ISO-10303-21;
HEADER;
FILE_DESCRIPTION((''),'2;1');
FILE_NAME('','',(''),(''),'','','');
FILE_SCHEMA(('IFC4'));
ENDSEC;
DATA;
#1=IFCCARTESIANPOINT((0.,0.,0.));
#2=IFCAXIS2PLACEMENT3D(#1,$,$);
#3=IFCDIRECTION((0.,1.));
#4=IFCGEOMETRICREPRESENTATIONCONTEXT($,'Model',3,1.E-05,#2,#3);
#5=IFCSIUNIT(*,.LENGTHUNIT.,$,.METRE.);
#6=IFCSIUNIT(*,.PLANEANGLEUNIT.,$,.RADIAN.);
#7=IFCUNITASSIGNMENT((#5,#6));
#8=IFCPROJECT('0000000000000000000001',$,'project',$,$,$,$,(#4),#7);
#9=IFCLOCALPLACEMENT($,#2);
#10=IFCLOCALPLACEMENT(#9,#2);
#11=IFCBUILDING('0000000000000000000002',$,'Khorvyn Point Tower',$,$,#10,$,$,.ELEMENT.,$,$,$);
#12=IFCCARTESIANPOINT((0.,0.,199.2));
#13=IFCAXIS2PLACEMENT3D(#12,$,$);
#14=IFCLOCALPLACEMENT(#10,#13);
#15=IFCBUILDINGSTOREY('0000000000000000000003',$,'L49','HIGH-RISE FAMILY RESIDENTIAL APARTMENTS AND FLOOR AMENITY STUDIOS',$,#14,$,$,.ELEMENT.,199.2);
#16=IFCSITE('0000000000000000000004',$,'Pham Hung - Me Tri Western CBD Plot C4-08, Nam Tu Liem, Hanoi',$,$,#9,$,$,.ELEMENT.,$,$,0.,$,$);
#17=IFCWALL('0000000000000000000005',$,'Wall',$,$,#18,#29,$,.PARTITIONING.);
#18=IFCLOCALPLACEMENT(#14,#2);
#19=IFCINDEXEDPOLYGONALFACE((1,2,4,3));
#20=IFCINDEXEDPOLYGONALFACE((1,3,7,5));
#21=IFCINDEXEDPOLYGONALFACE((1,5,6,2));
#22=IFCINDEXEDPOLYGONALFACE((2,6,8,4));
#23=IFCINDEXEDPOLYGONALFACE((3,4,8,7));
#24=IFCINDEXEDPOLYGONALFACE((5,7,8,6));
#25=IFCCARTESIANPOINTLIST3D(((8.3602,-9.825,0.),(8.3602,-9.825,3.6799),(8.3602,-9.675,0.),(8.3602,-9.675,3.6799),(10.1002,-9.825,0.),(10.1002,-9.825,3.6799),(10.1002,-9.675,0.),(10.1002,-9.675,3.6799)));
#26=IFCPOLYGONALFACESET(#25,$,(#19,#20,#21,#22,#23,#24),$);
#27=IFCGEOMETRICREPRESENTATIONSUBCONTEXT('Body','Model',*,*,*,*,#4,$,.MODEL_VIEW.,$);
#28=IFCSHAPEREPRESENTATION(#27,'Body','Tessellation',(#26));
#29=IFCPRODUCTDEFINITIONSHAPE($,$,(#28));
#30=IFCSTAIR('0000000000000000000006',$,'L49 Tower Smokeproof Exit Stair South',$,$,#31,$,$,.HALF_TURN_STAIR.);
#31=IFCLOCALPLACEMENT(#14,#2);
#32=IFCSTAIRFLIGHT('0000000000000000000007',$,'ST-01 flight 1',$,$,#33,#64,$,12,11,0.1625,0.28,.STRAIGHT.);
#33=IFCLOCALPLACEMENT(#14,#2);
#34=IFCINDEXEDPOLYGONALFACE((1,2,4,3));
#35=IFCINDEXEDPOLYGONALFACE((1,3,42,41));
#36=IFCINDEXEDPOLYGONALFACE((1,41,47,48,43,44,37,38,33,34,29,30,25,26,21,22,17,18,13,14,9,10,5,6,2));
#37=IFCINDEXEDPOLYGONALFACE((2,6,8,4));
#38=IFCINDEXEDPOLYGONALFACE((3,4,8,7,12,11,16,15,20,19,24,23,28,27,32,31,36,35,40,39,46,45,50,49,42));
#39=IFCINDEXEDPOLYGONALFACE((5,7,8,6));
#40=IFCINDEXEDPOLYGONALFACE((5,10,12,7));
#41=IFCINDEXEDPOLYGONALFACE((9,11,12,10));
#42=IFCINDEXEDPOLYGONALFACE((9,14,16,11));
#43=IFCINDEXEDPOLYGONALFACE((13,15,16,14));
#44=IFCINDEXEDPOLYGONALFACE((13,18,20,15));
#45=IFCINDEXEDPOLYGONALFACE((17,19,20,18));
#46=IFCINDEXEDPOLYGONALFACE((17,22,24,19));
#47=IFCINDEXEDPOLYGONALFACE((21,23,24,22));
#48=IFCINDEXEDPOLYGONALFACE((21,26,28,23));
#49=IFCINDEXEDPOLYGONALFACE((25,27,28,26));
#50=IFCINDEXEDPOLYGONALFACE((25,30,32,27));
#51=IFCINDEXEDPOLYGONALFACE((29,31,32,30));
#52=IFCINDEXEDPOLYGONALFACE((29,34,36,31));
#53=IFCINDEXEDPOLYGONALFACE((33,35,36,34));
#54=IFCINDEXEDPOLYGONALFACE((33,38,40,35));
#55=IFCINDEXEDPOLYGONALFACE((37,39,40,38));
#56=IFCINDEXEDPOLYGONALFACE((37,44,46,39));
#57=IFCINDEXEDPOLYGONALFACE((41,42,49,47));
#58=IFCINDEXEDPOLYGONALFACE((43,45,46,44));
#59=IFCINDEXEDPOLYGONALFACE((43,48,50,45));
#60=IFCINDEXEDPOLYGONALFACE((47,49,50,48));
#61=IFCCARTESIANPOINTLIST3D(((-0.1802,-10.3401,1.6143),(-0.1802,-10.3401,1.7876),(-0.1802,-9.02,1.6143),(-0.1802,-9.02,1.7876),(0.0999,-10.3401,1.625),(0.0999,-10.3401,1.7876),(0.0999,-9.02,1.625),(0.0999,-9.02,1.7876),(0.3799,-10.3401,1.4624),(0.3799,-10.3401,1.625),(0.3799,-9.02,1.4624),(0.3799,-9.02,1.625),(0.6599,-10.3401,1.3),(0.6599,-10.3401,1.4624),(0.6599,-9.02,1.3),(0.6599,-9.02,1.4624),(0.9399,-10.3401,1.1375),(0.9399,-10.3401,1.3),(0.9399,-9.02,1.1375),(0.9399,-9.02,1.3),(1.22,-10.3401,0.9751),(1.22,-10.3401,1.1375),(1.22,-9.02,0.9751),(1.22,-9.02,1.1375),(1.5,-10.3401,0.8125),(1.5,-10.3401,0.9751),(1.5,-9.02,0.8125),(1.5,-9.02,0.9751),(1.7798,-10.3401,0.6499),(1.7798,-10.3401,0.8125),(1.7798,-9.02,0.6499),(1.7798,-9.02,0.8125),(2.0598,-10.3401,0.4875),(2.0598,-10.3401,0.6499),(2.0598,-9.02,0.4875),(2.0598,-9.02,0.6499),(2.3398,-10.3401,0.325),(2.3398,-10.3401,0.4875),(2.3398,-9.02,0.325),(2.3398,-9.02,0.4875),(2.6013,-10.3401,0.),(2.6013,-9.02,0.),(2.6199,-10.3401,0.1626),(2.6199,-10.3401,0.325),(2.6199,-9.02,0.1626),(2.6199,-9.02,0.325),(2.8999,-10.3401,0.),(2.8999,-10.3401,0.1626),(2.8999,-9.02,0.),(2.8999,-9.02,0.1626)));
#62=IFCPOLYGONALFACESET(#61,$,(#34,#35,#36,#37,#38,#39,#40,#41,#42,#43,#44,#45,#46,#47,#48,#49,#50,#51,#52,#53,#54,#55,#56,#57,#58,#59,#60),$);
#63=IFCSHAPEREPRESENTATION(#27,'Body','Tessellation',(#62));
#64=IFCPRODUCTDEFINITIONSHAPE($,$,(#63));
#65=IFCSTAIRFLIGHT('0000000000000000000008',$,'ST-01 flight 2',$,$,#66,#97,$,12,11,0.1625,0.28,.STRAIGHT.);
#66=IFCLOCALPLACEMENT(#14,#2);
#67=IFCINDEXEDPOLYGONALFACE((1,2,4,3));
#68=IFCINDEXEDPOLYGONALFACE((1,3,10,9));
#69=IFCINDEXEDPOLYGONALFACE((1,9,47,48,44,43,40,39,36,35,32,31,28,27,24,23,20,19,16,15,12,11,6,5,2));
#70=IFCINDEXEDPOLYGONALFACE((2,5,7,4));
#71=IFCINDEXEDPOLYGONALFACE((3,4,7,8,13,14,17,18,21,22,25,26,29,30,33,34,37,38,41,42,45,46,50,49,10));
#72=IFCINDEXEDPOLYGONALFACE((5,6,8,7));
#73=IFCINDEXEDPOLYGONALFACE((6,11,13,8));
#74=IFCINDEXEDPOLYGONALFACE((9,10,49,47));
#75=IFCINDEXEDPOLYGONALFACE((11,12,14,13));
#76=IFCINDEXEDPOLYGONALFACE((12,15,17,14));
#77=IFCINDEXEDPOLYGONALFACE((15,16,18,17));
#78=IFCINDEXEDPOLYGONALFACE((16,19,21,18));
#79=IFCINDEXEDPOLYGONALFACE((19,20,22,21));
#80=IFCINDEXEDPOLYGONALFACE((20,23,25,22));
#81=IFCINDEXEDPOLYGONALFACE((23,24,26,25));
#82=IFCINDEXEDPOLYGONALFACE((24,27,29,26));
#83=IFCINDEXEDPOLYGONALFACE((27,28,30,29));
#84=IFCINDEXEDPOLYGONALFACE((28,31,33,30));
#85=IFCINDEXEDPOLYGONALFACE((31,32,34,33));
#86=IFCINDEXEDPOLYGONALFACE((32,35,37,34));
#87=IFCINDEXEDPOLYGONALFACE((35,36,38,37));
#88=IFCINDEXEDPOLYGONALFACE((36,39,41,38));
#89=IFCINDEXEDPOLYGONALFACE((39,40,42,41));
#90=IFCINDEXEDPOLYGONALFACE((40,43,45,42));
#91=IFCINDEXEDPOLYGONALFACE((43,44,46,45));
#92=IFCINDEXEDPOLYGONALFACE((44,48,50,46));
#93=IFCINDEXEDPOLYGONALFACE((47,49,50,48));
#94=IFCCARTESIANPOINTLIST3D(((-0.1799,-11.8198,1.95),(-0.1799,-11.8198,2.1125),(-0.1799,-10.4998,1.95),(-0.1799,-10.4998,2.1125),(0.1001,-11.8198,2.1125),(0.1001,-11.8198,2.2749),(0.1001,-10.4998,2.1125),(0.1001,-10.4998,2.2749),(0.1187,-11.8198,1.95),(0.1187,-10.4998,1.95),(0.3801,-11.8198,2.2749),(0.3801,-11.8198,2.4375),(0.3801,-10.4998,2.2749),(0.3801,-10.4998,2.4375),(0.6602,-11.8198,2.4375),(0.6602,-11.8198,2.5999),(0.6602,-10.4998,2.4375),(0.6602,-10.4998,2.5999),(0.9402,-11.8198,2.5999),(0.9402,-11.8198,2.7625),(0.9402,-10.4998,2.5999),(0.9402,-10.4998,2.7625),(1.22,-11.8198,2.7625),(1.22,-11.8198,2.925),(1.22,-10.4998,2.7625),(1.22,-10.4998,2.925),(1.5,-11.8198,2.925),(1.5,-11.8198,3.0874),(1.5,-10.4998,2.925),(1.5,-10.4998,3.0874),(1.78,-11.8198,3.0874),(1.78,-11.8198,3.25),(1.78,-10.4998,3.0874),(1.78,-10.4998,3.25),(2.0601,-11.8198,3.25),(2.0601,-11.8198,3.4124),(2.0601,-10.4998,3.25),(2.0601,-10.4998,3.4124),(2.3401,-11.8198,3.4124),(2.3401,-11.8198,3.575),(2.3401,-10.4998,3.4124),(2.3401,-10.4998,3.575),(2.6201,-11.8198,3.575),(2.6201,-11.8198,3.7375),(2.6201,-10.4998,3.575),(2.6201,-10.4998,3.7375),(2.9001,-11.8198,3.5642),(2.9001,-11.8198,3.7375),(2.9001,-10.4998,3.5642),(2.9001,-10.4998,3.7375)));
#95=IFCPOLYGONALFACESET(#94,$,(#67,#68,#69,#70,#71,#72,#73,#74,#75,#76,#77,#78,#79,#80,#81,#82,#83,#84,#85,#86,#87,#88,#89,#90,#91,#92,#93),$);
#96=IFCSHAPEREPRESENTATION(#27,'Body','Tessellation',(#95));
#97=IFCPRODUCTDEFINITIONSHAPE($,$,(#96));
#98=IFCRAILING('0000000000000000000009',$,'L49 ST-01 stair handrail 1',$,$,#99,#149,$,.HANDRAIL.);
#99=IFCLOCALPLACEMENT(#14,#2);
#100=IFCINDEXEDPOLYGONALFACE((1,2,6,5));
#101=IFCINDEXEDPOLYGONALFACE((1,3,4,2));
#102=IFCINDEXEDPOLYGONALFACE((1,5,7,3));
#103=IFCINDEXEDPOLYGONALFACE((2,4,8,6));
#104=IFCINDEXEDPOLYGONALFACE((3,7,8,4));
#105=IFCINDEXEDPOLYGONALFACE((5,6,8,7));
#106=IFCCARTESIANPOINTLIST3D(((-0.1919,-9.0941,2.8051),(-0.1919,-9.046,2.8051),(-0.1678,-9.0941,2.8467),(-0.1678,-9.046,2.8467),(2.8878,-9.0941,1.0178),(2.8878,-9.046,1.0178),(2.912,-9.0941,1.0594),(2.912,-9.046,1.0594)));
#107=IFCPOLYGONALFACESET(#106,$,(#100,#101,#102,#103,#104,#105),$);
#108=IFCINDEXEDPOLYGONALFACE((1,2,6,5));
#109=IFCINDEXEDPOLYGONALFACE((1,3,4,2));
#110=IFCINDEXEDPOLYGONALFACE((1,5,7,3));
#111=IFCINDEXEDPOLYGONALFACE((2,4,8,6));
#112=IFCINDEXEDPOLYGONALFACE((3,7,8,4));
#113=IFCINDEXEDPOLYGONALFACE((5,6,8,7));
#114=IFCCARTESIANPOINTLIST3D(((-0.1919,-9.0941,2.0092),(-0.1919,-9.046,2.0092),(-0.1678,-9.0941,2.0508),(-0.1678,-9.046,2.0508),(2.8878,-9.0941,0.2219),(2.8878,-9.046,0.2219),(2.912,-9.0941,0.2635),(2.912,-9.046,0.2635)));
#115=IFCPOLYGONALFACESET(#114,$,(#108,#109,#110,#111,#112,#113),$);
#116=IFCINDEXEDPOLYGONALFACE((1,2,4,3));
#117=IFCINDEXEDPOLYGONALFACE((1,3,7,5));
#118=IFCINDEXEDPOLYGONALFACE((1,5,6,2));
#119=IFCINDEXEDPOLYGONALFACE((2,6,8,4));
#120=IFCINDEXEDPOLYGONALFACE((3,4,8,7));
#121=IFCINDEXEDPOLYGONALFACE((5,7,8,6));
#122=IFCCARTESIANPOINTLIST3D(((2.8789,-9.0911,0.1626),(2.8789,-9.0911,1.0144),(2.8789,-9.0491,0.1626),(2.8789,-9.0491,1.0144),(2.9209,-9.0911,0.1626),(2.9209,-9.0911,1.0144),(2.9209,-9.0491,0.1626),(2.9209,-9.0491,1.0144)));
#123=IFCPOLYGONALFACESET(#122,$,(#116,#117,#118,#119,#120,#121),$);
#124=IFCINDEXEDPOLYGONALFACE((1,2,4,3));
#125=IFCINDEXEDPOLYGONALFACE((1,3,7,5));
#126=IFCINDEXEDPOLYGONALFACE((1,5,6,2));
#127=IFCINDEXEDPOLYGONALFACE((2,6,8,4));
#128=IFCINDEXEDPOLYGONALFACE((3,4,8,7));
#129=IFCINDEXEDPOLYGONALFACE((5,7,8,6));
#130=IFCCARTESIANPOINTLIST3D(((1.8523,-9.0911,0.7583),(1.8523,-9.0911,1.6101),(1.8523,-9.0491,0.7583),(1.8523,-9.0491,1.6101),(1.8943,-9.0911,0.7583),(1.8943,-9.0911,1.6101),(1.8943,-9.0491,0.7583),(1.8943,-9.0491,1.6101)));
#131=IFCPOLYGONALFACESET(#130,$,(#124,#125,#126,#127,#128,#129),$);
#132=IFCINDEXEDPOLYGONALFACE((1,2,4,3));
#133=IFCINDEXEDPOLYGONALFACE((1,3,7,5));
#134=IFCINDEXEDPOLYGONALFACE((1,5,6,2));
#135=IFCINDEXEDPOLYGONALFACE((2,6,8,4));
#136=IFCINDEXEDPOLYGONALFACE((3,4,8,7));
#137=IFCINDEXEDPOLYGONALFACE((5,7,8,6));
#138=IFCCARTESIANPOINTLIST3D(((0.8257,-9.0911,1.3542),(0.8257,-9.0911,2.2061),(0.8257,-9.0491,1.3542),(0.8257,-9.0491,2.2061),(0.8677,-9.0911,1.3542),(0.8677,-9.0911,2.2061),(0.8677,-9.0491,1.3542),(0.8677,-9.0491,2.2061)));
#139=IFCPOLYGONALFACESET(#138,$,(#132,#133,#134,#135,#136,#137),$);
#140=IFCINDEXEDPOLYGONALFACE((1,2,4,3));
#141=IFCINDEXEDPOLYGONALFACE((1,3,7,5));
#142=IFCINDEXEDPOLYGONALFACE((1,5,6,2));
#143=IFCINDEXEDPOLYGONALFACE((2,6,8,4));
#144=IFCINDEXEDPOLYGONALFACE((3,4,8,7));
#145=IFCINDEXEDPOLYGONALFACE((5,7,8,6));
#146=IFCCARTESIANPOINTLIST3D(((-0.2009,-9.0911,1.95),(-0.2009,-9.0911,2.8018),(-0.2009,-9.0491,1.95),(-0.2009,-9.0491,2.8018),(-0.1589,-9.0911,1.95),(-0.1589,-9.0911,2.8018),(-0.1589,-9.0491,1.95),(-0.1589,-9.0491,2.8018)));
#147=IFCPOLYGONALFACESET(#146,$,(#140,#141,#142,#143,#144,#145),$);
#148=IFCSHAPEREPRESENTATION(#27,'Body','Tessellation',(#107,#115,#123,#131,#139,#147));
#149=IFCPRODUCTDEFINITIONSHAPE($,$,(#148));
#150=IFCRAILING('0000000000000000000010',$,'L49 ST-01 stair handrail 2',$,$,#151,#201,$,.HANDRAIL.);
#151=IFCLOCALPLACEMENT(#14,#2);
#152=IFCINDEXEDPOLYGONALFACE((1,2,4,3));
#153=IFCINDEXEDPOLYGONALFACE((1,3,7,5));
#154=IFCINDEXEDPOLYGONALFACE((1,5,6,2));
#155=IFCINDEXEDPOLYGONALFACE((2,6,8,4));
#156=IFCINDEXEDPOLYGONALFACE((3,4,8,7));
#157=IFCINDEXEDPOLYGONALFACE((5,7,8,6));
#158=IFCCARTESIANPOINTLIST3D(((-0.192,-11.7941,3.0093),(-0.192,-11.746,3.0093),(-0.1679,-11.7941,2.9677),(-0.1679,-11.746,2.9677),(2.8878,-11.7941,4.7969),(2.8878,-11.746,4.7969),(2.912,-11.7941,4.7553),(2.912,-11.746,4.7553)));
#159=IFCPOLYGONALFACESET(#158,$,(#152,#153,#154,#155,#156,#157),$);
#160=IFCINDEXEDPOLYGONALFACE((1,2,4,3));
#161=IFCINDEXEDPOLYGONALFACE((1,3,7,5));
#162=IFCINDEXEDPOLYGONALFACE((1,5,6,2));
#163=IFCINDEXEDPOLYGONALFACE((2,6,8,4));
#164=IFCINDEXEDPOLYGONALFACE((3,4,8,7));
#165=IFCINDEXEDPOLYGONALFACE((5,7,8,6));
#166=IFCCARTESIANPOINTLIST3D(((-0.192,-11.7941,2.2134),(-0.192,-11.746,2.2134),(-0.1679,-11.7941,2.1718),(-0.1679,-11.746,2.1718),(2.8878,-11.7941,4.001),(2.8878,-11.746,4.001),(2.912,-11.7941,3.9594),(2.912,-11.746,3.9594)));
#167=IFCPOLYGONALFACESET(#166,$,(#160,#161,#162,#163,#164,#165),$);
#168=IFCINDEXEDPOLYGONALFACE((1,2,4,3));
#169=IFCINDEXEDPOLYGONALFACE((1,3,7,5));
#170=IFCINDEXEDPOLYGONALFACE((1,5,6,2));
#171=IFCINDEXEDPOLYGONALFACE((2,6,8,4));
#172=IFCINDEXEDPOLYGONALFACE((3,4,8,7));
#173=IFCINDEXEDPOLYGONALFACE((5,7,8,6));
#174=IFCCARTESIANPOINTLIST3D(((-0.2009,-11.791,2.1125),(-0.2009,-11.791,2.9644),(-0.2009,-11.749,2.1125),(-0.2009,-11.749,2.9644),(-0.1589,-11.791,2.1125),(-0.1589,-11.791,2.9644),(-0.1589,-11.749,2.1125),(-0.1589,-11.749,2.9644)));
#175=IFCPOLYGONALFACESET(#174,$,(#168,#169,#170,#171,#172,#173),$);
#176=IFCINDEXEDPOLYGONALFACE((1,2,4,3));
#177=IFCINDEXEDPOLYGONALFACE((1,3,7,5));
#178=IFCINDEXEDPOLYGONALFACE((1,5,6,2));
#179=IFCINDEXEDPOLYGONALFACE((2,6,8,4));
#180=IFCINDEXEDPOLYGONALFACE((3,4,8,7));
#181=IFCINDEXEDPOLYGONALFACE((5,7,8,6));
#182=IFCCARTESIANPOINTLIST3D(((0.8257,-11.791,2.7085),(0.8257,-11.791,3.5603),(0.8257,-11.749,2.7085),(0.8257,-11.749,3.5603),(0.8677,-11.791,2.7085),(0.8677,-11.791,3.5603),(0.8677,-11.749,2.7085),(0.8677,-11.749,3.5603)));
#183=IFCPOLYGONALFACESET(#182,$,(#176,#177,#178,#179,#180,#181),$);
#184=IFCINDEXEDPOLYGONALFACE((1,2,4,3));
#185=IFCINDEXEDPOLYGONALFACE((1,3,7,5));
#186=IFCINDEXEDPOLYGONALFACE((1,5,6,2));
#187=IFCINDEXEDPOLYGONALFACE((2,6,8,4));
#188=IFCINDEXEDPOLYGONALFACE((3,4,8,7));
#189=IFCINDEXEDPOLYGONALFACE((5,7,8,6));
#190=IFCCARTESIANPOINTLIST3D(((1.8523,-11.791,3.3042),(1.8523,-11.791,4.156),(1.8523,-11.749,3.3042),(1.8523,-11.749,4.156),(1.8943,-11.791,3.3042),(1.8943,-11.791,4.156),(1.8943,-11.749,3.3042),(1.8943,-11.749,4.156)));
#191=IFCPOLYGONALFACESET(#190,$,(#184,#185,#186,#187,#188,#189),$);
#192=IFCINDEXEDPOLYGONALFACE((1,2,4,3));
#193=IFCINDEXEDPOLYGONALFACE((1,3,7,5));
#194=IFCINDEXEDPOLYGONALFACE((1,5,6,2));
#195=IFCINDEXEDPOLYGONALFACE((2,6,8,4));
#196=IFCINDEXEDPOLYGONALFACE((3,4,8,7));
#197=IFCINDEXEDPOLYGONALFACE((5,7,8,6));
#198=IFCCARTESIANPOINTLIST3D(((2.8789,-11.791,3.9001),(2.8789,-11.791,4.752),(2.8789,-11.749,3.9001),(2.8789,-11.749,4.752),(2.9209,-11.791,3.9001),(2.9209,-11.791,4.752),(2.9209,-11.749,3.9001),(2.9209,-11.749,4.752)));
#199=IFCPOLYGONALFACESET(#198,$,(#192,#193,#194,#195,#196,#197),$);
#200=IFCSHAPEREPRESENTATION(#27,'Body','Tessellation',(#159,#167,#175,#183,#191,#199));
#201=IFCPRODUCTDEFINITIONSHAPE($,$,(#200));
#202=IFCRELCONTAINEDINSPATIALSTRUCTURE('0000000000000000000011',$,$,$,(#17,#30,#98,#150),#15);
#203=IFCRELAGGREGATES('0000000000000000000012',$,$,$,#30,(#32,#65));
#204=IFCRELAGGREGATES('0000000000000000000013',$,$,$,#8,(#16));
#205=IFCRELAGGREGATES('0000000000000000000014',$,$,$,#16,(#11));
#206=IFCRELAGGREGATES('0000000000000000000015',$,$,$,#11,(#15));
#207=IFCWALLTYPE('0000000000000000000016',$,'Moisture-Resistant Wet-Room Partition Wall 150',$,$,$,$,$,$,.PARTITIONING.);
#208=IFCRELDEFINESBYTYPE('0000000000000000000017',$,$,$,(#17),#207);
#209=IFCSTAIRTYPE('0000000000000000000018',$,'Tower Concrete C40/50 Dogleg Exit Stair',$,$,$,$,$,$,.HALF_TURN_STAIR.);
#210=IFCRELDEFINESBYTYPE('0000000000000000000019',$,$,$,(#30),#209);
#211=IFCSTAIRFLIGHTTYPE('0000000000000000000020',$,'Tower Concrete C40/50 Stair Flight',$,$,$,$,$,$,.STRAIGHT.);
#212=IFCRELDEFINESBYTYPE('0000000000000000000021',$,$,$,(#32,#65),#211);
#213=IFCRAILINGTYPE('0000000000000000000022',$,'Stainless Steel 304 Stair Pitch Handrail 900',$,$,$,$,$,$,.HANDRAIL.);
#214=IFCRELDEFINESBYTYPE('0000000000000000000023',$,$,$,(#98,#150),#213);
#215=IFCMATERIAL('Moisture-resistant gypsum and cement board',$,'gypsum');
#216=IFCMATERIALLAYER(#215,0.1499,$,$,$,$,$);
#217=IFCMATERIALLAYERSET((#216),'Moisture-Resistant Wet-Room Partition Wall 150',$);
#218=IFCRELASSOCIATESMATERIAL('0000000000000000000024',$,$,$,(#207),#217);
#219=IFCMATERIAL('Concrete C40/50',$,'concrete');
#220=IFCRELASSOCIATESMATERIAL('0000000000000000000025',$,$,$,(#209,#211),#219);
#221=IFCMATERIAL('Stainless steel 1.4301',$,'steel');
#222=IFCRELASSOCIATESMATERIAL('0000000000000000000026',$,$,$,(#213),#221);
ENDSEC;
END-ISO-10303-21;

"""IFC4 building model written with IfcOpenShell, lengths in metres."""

from ifc_helpers import new_model, si_unit, direction, frame, frame_2d, origin, origin_2d, place, context, subcontext, project, spatial, polyline, rectangle, outline, extrude, material, layer, layer_set, type_object, element, aggregate, save


model = new_model("IFC4")

# Units and contexts
model_context = context("Model", 3, precision=1e-05, world=origin(), true_north=direction((0.0, 1.0)))
body_context = subcontext(model_context, "Body", "Model", "MODEL_VIEW")
ifc_project = project(units=[si_unit("LENGTHUNIT", "METRE"), si_unit("PLANEANGLEUNIT", "RADIAN")], contexts=[model_context])

# Site, building, storey
site_placement = place(None, origin())
site = spatial("IfcSite", under=ifc_project, at=site_placement, Name="Pham Hung - Me Tri Western CBD Plot C4-08, Nam Tu Liem, Hanoi", CompositionType="ELEMENT", RefElevation=0.0)
building_placement = place(site_placement, origin())
building = spatial("IfcBuilding", under=site, at=building_placement, Name="Khorvyn Point Tower", CompositionType="ELEMENT")
storey_placement = place(building_placement, frame((0.0, 0.0, 199.2)))
storey = spatial("IfcBuildingStorey", under=building, at=storey_placement, Name="L49", Description="HIGH-RISE FAMILY RESIDENTIAL APARTMENTS AND FLOOR AMENITY STUDIOS", CompositionType="ELEMENT", Elevation=199.2)

# Shared definitions
ifc_material_1 = material(Name="Concrete C40/50", Category="concrete")

# Shared definitions
ifc_material_2 = material(Name="Stainless steel 1.4301", Category="steel")

# Shared definitions
ifc_material_3 = material(Name="Moisture-resistant gypsum and cement board", Category="gypsum")
ifc_layer_1 = layer(ifc_material_3, 0.1499)
ifc_layer_set_1 = layer_set([ifc_layer_1], Name="Moisture-Resistant Wet-Room Partition Wall 150")
wall_type_1 = type_object("IfcWallType", Name="Moisture-Resistant Wet-Room Partition Wall 150", PredefinedType="PARTITIONING", material=ifc_layer_set_1)

# Wall
wall_1_placement = place(storey_placement, frame((8.3601, -9.75, 0.0), z_axis=(0.0, 0.0, 1.0), x_axis=(1.0, 0.0, 0.0)))
element("IfcWall", 1, at=wall_1_placement, inside=storey, type_object=wall_type_1, Name="Wall", PredefinedType="PARTITIONING", context=body_context, shape_type="SweptSolid", body=[
    extrude(rectangle(XDim=1.74, YDim=0.1499, at=frame_2d((0.8701, 0.0))), origin(), (0.0, 0.0, 1.0), 3.6799),
])

# Stair, stair flights
stair_type = type_object("IfcStairType", Name="Tower Concrete C40/50 Dogleg Exit Stair", PredefinedType="HALF_TURN_STAIR", material=ifc_material_1)
stair_placement = place(storey_placement, origin())
stair = element("IfcStair", 2, at=stair_placement, inside=storey, type_object=stair_type, Name="L49 Tower Smokeproof Exit Stair South", PredefinedType="HALF_TURN_STAIR")
stair_flight_type = type_object("IfcStairFlightType", Name="Tower Concrete C40/50 Stair Flight", PredefinedType="STRAIGHT", material=ifc_material_1)
stair_flight_1_placement = place(storey_placement, frame((2.8999, -9.6799, 0.0), z_axis=(0.0, 0.0, 1.0), x_axis=(-1.0, 0.0, 0.0)))
stair_flight_1 = element("IfcStairFlight", 3, at=stair_flight_1_placement, type_object=stair_flight_type, Name="ST-01 flight 1", NumberOfRisers=12, NumberOfTreads=11, PredefinedType="STRAIGHT", RiserHeight=0.1625, TreadLength=0.28, context=body_context, shape_type="SweptSolid", body=[
    extrude(outline(polyline([(0.0, 0.0), (0.0, 0.1626), (0.28, 0.1626), (0.28, 0.325), (0.5601, 0.325), (0.5601, 0.4875), (0.8401, 0.4875), (0.8401, 0.6499), (1.1201, 0.6499), (1.1201, 0.8125), (1.3999, 0.8125), (1.3999, 0.9751), (1.6799, 0.9751), (1.6799, 1.1375), (1.96, 1.1375), (1.96, 1.3), (2.24, 1.3), (2.24, 1.4624), (2.52, 1.4624), (2.52, 1.625), (2.8, 1.625), (2.8, 1.7876), (3.0801, 1.7876), (3.0801, 1.95), (3.0801, 1.6143), (0.2986, 0.0), (0.0, 0.0)])), frame((0.0, 0.6602, 0.0), z_axis=(0.0, -1.0, 0.0), x_axis=(1.0, 0.0, 0.0)), (0.0, 0.0, 1.0), 1.3201),
])
stair_flight_2_placement = place(storey_placement, frame((-0.1799, -11.1599, 1.95), z_axis=(0.0, 0.0, 1.0), x_axis=(1.0, 0.0, 0.0)))
stair_flight_2 = element("IfcStairFlight", 4, at=stair_flight_2_placement, type_object=stair_flight_type, Name="ST-01 flight 2", NumberOfRisers=12, NumberOfTreads=11, PredefinedType="STRAIGHT", RiserHeight=0.1625, TreadLength=0.28, context=body_context, shape_type="SweptSolid", body=[
    extrude(outline(polyline([(0.0, 0.0), (0.0, 0.1626), (0.28, 0.1626), (0.28, 0.325), (0.5601, 0.325), (0.5601, 0.4875), (0.8401, 0.4875), (0.8401, 0.6499), (1.1201, 0.6499), (1.1201, 0.8125), (1.3999, 0.8125), (1.3999, 0.9751), (1.6799, 0.9751), (1.6799, 1.1375), (1.96, 1.1375), (1.96, 1.3), (2.24, 1.3), (2.24, 1.4624), (2.52, 1.4624), (2.52, 1.625), (2.8, 1.625), (2.8, 1.7876), (3.0801, 1.7876), (3.0801, 1.95), (3.0801, 1.6143), (0.2986, 0.0), (0.0, 0.0)])), frame((0.0, 0.6602, 0.0), z_axis=(0.0, -1.0, 0.0), x_axis=(1.0, 0.0, 0.0)), (0.0, 0.0, 1.0), 1.3201),
])
aggregate(stair, [stair_flight_1, stair_flight_2])

# Railings
railing_type_1 = type_object("IfcRailingType", Name="Stainless Steel 304 Stair Pitch Handrail 900", PredefinedType="HANDRAIL", material=ifc_material_2)
railing_1_placement = place(storey_placement, frame((2.8999, -9.0701, 0.1626)))
element("IfcRailing", 5, at=railing_1_placement, inside=storey, type_object=railing_type_1, Name="L49 ST-01 stair handrail 1", PredefinedType="HANDRAIL", context=body_context, shape_type="SweptSolid", body=[
    extrude(rectangle(XDim=0.0481, YDim=0.0481, at=origin_2d()), frame((0.0, 0.0, 0.876), z_axis=(-0.864903, 0.0, 0.501939), x_axis=(0.0, -1.0, 0.0)), (0.0, 0.0, 1.0), 3.5608),
    extrude(rectangle(XDim=0.0481, YDim=0.0481, at=origin_2d()), frame((0.0, 0.0, 0.0801), z_axis=(-0.864903, 0.0, 0.501939), x_axis=(0.0, -1.0, 0.0)), (0.0, 0.0, 1.0), 3.5608),
    extrude(rectangle(XDim=0.042, YDim=0.042, at=origin_2d()), origin(), (0.0, 0.0, 1.0), 0.8518),
    extrude(rectangle(XDim=0.042, YDim=0.042, at=origin_2d()), frame((-1.0266, 0.0, 0.5957)), (0.0, 0.0, 1.0), 0.8518),
    extrude(rectangle(XDim=0.042, YDim=0.042, at=origin_2d()), frame((-2.0532, 0.0, 1.1917)), (0.0, 0.0, 1.0), 0.8518),
    extrude(rectangle(XDim=0.042, YDim=0.042, at=origin_2d()), frame((-3.0798, 0.0, 1.7874)), (0.0, 0.0, 1.0), 0.8518),
])
railing_2_placement = place(storey_placement, frame((-0.1799, -11.77, 2.1125)))
element("IfcRailing", 6, at=railing_2_placement, inside=storey, type_object=railing_type_1, Name="L49 ST-01 stair handrail 2", PredefinedType="HANDRAIL", context=body_context, shape_type="SweptSolid", body=[
    extrude(rectangle(XDim=0.0481, YDim=0.0481, at=origin_2d()), frame((0.0, 0.0, 0.876), z_axis=(0.864873, 0.0, 0.50199), x_axis=(0.0, 1.0, 0.0)), (0.0, 0.0, 1.0), 3.561),
    extrude(rectangle(XDim=0.0481, YDim=0.0481, at=origin_2d()), frame((0.0, 0.0, 0.0801), z_axis=(0.864873, 0.0, 0.50199), x_axis=(0.0, 1.0, 0.0)), (0.0, 0.0, 1.0), 3.561),
    extrude(rectangle(XDim=0.042, YDim=0.042, at=origin_2d()), origin(), (0.0, 0.0, 1.0), 0.8518),
    extrude(rectangle(XDim=0.042, YDim=0.042, at=origin_2d()), frame((1.0266, 0.0, 0.5959)), (0.0, 0.0, 1.0), 0.8518),
    extrude(rectangle(XDim=0.042, YDim=0.042, at=origin_2d()), frame((2.0532, 0.0, 1.1917)), (0.0, 0.0, 1.0), 0.8518),
    extrude(rectangle(XDim=0.042, YDim=0.042, at=origin_2d()), frame((3.0798, 0.0, 1.7876)), (0.0, 0.0, 1.0), 0.8518),
])

save(model, "model.ifc")
